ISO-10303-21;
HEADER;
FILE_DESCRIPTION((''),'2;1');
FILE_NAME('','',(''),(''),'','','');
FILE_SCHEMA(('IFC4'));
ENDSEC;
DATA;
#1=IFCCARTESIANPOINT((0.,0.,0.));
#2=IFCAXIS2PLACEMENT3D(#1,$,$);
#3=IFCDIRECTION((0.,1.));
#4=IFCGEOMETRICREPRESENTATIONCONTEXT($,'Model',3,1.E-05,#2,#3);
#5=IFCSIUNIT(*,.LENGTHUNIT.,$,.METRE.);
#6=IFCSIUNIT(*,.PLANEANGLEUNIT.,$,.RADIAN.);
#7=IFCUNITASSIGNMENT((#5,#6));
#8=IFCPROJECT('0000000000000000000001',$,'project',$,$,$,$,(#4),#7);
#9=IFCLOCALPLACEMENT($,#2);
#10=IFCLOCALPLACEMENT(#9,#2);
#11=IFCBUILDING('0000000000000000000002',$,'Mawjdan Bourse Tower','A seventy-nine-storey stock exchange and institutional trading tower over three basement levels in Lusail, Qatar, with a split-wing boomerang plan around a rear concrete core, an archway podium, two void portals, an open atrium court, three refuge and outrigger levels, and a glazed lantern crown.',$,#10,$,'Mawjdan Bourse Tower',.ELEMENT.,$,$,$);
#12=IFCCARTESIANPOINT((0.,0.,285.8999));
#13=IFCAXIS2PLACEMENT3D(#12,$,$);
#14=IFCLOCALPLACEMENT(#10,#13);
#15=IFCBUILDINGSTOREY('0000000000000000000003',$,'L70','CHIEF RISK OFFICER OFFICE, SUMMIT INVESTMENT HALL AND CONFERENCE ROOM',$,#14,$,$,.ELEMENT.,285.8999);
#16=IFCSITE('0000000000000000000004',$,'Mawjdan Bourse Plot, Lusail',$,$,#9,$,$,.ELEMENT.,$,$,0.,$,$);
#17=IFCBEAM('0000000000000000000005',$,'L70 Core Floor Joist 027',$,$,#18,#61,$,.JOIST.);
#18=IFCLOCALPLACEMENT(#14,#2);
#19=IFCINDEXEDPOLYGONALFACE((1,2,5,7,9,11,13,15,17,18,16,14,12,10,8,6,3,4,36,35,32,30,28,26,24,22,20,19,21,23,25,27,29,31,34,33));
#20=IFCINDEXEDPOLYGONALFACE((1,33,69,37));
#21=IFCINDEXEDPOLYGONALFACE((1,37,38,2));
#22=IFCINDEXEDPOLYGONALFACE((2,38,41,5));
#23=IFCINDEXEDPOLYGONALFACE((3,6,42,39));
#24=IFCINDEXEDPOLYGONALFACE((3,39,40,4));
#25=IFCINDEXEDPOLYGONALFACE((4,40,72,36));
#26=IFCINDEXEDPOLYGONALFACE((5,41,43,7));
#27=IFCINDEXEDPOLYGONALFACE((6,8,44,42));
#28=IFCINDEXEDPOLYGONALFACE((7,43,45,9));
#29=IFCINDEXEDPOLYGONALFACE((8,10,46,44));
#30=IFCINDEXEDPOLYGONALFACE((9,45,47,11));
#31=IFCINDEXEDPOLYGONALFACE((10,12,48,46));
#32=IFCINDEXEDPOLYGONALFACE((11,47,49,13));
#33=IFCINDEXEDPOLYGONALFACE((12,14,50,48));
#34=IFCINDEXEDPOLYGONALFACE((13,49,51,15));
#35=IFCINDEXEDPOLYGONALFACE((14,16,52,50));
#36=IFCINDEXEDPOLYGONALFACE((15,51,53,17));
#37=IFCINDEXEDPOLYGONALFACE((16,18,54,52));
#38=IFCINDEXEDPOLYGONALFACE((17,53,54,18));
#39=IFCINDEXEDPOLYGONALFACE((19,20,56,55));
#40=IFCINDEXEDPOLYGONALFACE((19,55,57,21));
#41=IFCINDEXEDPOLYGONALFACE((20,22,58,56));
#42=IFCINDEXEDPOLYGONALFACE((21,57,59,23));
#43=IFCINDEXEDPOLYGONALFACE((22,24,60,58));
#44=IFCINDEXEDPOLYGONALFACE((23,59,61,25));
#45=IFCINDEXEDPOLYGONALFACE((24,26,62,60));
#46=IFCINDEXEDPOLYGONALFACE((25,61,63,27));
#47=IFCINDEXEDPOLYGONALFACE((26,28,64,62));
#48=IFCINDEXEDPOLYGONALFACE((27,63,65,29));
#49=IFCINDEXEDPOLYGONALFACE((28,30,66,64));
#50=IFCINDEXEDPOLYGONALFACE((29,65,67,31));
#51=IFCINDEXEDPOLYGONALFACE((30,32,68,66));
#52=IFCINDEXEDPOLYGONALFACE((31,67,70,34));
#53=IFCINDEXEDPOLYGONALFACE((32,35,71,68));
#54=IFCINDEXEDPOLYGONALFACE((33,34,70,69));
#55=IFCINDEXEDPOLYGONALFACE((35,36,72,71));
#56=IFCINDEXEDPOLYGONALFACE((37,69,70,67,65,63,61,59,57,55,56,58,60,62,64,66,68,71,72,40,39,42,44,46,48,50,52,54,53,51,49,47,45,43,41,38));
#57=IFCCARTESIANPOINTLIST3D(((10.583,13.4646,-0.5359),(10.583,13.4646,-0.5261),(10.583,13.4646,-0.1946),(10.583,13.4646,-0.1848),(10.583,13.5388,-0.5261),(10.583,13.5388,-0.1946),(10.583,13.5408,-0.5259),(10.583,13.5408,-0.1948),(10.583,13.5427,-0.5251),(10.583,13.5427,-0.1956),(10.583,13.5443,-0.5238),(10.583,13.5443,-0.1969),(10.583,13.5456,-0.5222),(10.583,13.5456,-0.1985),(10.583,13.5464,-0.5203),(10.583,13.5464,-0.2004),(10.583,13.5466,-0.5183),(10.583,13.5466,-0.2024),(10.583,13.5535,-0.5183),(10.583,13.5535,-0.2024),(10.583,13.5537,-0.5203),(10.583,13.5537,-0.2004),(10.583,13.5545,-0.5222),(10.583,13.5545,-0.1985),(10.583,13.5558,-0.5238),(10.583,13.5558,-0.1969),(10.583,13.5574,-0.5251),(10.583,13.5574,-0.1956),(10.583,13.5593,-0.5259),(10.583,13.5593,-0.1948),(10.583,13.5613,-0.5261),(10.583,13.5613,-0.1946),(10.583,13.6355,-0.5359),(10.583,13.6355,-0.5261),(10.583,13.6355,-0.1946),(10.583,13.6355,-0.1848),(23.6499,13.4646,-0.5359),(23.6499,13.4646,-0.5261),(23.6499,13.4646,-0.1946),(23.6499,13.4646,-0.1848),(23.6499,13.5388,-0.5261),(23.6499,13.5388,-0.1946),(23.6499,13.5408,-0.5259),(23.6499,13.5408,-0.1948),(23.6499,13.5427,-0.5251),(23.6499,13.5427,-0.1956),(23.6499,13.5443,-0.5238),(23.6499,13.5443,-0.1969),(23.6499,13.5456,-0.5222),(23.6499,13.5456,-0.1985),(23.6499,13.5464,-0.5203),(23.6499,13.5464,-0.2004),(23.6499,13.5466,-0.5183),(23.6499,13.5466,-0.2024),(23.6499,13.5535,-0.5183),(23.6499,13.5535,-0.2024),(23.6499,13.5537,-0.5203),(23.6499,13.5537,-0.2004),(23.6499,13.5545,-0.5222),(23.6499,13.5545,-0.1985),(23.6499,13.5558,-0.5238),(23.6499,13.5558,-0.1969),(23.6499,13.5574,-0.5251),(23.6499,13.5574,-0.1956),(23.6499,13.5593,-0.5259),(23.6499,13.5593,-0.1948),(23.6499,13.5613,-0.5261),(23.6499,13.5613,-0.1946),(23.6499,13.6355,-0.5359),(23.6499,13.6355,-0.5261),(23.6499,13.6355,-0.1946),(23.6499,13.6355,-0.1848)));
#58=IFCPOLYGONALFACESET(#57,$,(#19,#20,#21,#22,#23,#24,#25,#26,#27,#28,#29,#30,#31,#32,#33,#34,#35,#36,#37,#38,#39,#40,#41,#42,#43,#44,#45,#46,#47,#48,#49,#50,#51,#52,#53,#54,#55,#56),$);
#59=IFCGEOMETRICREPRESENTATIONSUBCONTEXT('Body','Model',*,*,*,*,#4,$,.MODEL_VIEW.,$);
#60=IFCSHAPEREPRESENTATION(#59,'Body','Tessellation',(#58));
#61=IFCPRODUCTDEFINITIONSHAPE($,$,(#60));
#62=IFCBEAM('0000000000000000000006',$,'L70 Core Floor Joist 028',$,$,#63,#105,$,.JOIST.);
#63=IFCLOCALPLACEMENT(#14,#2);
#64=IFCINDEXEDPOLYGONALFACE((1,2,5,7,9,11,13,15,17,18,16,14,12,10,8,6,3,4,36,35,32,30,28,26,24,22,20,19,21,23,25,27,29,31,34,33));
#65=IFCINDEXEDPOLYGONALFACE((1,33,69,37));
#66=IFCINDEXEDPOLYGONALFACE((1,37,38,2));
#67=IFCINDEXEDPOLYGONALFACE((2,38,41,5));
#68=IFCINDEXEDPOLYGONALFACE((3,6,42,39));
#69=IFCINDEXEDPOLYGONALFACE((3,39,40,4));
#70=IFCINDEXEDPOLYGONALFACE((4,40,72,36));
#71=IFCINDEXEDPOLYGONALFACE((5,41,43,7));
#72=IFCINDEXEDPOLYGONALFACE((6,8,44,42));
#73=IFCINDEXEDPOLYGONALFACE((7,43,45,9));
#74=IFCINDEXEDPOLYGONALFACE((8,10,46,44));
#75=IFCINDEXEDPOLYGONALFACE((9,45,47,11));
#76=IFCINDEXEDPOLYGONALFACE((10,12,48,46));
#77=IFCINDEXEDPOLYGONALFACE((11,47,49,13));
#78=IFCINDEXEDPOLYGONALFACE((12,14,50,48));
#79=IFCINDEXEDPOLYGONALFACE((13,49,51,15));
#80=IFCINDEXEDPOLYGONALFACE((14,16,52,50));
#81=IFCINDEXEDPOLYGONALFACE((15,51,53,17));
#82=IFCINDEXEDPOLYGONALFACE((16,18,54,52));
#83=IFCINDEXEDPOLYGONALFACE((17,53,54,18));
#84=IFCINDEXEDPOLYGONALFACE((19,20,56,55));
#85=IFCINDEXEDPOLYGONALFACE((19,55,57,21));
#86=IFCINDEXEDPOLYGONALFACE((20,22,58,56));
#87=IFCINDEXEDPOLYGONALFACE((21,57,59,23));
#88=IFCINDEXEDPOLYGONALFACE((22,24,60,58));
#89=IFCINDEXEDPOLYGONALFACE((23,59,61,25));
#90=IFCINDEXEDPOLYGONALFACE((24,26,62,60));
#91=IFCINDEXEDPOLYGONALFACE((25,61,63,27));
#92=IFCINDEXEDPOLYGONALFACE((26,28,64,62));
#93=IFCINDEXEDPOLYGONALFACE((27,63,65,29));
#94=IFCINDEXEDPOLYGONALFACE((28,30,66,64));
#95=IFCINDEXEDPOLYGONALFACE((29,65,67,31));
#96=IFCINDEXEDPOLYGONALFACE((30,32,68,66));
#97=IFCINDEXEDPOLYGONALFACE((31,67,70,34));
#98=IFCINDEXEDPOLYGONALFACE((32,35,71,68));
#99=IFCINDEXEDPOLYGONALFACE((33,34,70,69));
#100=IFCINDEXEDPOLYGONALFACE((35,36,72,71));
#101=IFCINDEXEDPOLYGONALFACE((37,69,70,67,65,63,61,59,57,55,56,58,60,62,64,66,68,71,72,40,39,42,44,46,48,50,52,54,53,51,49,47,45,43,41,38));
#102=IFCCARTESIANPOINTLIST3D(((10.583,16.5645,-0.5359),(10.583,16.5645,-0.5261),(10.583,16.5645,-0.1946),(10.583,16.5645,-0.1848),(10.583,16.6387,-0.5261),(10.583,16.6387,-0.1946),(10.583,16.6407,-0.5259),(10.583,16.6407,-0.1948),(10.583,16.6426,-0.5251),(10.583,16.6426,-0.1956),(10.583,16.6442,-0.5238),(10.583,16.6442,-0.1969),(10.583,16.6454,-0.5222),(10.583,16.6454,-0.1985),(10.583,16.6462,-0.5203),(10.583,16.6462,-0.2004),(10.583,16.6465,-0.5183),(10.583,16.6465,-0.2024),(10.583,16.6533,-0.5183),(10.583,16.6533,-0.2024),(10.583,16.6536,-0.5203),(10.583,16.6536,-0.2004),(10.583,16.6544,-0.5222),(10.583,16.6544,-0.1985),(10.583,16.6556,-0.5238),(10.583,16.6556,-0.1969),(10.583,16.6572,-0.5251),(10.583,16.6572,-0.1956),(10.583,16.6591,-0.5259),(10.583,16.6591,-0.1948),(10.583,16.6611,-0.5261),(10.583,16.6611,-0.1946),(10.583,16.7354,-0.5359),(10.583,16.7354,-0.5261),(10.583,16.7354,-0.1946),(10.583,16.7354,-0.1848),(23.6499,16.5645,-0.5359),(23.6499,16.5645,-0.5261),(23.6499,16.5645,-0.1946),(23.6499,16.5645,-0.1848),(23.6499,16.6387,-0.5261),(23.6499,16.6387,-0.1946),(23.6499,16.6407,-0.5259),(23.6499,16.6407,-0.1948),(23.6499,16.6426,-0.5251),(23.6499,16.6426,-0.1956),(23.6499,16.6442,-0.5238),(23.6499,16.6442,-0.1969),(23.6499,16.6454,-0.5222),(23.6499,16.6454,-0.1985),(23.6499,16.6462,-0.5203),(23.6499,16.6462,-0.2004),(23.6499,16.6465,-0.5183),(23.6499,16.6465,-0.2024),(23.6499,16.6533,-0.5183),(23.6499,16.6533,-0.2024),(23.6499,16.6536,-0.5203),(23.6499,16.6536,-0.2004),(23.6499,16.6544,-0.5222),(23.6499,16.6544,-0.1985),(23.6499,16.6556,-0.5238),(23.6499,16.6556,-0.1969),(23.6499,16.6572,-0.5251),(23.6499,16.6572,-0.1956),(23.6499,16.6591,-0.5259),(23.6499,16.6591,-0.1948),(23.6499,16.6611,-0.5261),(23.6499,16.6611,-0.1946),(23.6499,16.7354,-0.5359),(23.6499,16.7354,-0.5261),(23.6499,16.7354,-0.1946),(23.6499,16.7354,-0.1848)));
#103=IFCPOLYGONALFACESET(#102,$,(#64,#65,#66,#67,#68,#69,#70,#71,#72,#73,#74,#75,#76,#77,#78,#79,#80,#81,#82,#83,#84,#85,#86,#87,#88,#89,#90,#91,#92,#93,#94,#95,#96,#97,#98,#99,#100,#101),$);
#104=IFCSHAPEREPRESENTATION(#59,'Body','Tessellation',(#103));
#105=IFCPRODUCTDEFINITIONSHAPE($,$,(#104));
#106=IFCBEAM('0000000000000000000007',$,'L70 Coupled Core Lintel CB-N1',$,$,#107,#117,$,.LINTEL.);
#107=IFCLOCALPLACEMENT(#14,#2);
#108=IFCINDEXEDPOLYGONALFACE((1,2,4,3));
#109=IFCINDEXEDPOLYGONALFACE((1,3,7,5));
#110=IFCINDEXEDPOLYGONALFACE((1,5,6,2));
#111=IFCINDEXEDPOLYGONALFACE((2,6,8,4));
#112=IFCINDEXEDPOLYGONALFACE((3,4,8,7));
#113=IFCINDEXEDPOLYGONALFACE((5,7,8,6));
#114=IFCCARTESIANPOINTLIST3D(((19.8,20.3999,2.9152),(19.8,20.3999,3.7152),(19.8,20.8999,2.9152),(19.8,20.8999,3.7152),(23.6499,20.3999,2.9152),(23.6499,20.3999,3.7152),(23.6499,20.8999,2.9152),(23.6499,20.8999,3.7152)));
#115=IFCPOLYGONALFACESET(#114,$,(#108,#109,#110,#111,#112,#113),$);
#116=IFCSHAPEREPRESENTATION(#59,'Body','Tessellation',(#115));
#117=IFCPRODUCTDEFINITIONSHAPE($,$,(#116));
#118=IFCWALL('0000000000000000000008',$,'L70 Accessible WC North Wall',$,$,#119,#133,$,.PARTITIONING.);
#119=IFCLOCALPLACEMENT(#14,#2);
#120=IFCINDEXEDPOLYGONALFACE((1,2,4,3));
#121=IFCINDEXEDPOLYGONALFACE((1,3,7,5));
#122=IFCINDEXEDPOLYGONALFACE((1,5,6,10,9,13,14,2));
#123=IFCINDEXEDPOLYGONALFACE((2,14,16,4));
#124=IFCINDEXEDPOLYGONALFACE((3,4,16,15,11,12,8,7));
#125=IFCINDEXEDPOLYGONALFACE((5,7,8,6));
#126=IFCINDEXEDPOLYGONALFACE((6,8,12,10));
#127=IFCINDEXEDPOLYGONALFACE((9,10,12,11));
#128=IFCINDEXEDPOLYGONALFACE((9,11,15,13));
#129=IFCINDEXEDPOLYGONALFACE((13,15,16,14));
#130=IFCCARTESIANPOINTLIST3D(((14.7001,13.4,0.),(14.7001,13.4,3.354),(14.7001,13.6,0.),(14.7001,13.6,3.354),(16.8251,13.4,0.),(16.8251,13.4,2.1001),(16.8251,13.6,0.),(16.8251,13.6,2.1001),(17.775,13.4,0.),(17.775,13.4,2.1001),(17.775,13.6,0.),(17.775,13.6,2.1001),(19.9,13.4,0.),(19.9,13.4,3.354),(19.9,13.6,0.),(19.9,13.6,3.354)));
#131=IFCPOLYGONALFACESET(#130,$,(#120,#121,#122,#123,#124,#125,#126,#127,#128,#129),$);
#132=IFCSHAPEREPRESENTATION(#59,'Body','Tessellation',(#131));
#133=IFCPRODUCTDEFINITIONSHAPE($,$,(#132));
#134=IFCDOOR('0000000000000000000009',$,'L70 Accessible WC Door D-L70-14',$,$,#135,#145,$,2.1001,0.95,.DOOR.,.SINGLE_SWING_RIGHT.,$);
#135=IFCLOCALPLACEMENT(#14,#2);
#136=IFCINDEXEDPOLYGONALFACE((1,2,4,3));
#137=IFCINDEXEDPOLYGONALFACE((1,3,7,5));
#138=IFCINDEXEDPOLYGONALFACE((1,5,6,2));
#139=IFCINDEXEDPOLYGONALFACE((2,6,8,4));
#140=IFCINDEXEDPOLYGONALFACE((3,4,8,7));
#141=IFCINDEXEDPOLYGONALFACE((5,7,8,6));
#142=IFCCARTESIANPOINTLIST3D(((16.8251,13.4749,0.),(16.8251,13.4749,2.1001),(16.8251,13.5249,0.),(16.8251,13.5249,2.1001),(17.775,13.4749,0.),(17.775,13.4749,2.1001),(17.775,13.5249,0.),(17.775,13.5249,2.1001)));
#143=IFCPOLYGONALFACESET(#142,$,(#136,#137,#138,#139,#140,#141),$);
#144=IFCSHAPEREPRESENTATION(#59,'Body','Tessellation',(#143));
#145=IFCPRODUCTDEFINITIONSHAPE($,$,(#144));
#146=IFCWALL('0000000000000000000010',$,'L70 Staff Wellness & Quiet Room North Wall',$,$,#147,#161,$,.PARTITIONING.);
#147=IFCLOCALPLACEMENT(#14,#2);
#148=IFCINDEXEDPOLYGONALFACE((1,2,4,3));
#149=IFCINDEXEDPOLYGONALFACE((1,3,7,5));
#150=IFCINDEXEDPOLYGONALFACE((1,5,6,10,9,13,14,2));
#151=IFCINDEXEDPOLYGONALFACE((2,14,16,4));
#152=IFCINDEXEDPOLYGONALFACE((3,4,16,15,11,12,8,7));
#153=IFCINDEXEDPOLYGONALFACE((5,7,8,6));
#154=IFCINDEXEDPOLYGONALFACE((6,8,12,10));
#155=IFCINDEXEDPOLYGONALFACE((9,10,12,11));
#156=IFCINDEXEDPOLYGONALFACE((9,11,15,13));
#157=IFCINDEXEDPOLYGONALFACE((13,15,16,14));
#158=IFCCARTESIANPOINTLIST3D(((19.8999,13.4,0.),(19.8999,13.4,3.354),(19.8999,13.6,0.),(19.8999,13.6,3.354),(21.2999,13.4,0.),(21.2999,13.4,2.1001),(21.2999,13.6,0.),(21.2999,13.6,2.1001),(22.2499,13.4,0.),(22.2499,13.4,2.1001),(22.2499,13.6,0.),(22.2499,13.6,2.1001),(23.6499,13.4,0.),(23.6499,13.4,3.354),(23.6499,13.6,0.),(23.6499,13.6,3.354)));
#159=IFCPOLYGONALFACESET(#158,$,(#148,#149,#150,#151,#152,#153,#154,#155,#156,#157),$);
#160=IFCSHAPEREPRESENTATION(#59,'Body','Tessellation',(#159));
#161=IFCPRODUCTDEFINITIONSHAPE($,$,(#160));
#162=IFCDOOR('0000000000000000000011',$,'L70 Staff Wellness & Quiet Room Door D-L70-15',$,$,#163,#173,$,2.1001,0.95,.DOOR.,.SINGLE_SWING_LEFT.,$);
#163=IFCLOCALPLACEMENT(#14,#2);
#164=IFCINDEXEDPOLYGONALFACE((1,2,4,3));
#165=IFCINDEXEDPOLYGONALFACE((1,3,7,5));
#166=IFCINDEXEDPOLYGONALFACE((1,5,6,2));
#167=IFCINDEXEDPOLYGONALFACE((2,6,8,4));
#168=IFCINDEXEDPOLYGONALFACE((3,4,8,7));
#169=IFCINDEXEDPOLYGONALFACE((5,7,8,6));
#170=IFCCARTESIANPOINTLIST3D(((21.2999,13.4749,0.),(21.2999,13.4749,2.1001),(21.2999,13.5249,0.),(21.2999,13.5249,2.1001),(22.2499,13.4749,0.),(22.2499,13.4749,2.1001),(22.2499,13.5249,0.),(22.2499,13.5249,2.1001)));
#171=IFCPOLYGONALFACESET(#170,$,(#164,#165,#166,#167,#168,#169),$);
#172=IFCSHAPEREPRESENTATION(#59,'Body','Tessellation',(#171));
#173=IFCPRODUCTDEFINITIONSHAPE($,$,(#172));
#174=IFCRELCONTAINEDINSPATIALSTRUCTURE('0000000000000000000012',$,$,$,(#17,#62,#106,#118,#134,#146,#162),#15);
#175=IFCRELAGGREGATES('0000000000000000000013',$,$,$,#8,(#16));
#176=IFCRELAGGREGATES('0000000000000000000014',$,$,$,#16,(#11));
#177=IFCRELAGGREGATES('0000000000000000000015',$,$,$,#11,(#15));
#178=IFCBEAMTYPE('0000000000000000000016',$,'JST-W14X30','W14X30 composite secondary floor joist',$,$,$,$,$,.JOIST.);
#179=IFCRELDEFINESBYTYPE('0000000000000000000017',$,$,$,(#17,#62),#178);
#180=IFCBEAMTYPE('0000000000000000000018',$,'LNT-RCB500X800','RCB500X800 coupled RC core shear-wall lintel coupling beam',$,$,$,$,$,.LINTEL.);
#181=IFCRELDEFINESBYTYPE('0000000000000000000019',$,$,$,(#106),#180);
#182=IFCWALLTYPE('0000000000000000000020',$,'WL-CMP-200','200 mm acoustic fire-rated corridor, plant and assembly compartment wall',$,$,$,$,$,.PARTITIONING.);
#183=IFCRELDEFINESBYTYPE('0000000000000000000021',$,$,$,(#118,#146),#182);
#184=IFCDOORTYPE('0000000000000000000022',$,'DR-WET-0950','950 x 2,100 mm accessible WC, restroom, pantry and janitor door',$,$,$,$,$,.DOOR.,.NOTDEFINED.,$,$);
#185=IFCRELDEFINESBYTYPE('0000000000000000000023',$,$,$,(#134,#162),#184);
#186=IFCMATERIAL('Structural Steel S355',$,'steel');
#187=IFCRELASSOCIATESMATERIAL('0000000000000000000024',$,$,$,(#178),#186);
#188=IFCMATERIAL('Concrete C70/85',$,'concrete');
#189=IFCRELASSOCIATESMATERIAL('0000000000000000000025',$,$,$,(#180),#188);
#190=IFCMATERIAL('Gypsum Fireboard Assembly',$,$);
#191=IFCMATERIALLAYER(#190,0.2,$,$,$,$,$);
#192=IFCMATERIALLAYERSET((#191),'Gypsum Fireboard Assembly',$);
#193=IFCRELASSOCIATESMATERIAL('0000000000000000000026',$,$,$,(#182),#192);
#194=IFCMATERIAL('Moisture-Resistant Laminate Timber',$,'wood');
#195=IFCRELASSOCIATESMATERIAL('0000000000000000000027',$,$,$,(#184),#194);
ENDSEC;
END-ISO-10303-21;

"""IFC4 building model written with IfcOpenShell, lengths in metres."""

from ifc_helpers import new_model, si_unit, direction, frame, frame_2d, origin, origin_2d, place, context, subcontext, project, spatial, rectangle, i_section, extrude, material, layer, layer_set, material_profile, profile_set, type_object, element, fill, save


model = new_model("IFC4")

# Units and contexts
model_context = context("Model", 3, precision=1e-05, world=origin(), true_north=direction((0.0, 1.0)))
body_context = subcontext(model_context, "Body", "Model", "MODEL_VIEW")
ifc_project = project(units=[si_unit("LENGTHUNIT", "METRE"), si_unit("PLANEANGLEUNIT", "RADIAN")], contexts=[model_context])

# Site, building, storey
site_placement = place(None, origin())
site = spatial("IfcSite", under=ifc_project, at=site_placement, Name="Mawjdan Bourse Plot, Lusail", CompositionType="ELEMENT", RefElevation=0.0)
building_placement = place(site_placement, origin())
building = spatial("IfcBuilding", under=site, at=building_placement, Name="Mawjdan Bourse Tower", Description="A seventy-nine-storey stock exchange and institutional trading tower over three basement levels in Lusail, Qatar, with a split-wing boomerang plan around a rear concrete core, an archway podium, two void portals, an open atrium court, three refuge and outrigger levels, and a glazed lantern crown.", LongName="Mawjdan Bourse Tower", CompositionType="ELEMENT")
storey_placement = place(building_placement, frame((0.0, 0.0, 285.8999)))
storey = spatial("IfcBuildingStorey", under=building, at=storey_placement, Name="L70", Description="CHIEF RISK OFFICER OFFICE, SUMMIT INVESTMENT HALL AND CONFERENCE ROOM", CompositionType="ELEMENT", Elevation=285.8999)

# Beams
ifc_material_1 = material(Name="Structural Steel S355", Category="steel")
ifc_material_profile_1 = material_profile(ifc_material_1, i_section(OverallWidth=0.1709, OverallDepth=0.3511, WebThickness=0.0068, FlangeThickness=0.0098, FilletRadius=0.0078, at=origin_2d()), Name="W14X30")
ifc_profile_set_1 = profile_set([ifc_material_profile_1], Name="Structural Steel S355")
beam_type_1 = type_object("IfcBeamType", Name="JST-W14X30", Description="W14X30 composite secondary floor joist", PredefinedType="JOIST", material=ifc_profile_set_1)
for number, where, z_axis, x_axis, name in (
    (1, (10.583, 13.55, -0.3604), (1.0, 0.0, 0.0), (0.0, 1.0, 0.0), "L70 Core Floor Joist 027"),
    (2, (10.583, 16.6499, -0.3604), (1.0, 0.0, 0.0), (0.0, 1.0, 0.0), "L70 Core Floor Joist 028"),
):
    element("IfcBeam", number, at=place(storey_placement, frame(where, z_axis=z_axis, x_axis=x_axis)), inside=storey, type_object=beam_type_1, Name=name, PredefinedType="JOIST", context=body_context, shape_type="SweptSolid", body=[
        extrude(i_section(OverallWidth=0.1709, OverallDepth=0.3511, WebThickness=0.0068, FlangeThickness=0.0098, FilletRadius=0.0078, at=origin_2d()), origin(), (0.0, 0.0, 1.0), 13.0669),
    ])
ifc_material_2 = material(Name="Concrete C70/85", Category="concrete")
ifc_material_profile_2 = material_profile(ifc_material_2, rectangle(XDim=0.5, YDim=0.8, at=origin_2d()), Name="RCB500X800")
ifc_profile_set_2 = profile_set([ifc_material_profile_2], Name="Concrete C70/85")
beam_type_2 = type_object("IfcBeamType", Name="LNT-RCB500X800", Description="RCB500X800 coupled RC core shear-wall lintel coupling beam", PredefinedType="LINTEL", material=ifc_profile_set_2)
beam_placement = place(storey_placement, frame((19.8, 20.6499, 3.3152), z_axis=(1.0, 0.0, 0.0), x_axis=(0.0, 1.0, 0.0)))
element("IfcBeam", 3, at=beam_placement, inside=storey, type_object=beam_type_2, Name="L70 Coupled Core Lintel CB-N1", PredefinedType="LINTEL", context=body_context, shape_type="SweptSolid", body=[
    extrude(rectangle(XDim=0.5, YDim=0.8, at=origin_2d()), origin(), (0.0, 0.0, 1.0), 3.8499),
])

# Walls, openings, doors
ifc_material_3 = material(Name="Gypsum Fireboard Assembly")
ifc_layer_1 = layer(ifc_material_3, 0.2)
ifc_layer_set_1 = layer_set([ifc_layer_1], Name="Gypsum Fireboard Assembly")
wall_type_1 = type_object("IfcWallType", Name="WL-CMP-200", Description="200 mm acoustic fire-rated corridor, plant and assembly compartment wall", PredefinedType="PARTITIONING", material=ifc_layer_set_1)
wall_1_placement = place(storey_placement, frame((14.7, 13.5, 0.0), z_axis=(0.0, 0.0, 1.0), x_axis=(1.0, 0.0, 0.0)))
wall_1 = element("IfcWall", 4, at=wall_1_placement, inside=storey, type_object=wall_type_1, Name="L70 Accessible WC North Wall", PredefinedType="PARTITIONING", context=body_context, shape_type="SweptSolid", body=[
    extrude(rectangle(XDim=5.2, YDim=0.2, at=frame_2d((2.6001, 0.0))), origin(), (0.0, 0.0, 1.0), 3.354),
])
opening_1_placement = place(wall_1_placement, frame((2.125, 0.0, 0.0)))
opening_1 = element("IfcOpeningElement", 5, at=opening_1_placement, cuts=wall_1, PredefinedType="OPENING", context=body_context, shape_type="SweptSolid", body=[
    extrude(rectangle(XDim=0.95, YDim=2.1001, at=frame_2d((0.4751, 1.05))), frame((0.0, 0.1099, 0.0), z_axis=(0.0, -1.0, 0.0), x_axis=(1.0, 0.0, 0.0)), (0.0, 0.0, 1.0), 0.22),
])
ifc_material_4 = material(Name="Moisture-Resistant Laminate Timber", Category="wood")
door_type_1 = type_object("IfcDoorType", Name="DR-WET-0950", Description="950 x 2,100 mm accessible WC, restroom, pantry and janitor door", OperationType="NOTDEFINED", PredefinedType="DOOR", material=ifc_material_4)
door_1_placement = place(opening_1_placement, origin())
door_1 = element("IfcDoor", 6, at=door_1_placement, inside=storey, type_object=door_type_1, Name="L70 Accessible WC Door D-L70-14", OperationType="SINGLE_SWING_RIGHT", OverallHeight=2.1001, OverallWidth=0.95, PredefinedType="DOOR", context=body_context, shape_type="SweptSolid", body=[
    extrude(rectangle(XDim=0.95, YDim=2.1001, at=frame_2d((0.4751, 1.05))), frame((0.0, 0.0249, 0.0), z_axis=(0.0, -1.0, 0.0), x_axis=(1.0, 0.0, 0.0)), (0.0, 0.0, 1.0), 0.05),
])
fill(opening_1, door_1)
wall_2_placement = place(storey_placement, frame((19.8999, 13.5, 0.0), z_axis=(0.0, 0.0, 1.0), x_axis=(1.0, 0.0, 0.0)))
wall_2 = element("IfcWall", 7, at=wall_2_placement, inside=storey, type_object=wall_type_1, Name="L70 Staff Wellness & Quiet Room North Wall", PredefinedType="PARTITIONING", context=body_context, shape_type="SweptSolid", body=[
    extrude(rectangle(XDim=3.75, YDim=0.2, at=frame_2d((1.875, 0.0))), origin(), (0.0, 0.0, 1.0), 3.354),
])
opening_2_placement = place(wall_2_placement, frame((1.3999, 0.0, 0.0)))
opening_2 = element("IfcOpeningElement", 8, at=opening_2_placement, cuts=wall_2, PredefinedType="OPENING", context=body_context, shape_type="SweptSolid", body=[
    extrude(rectangle(XDim=0.95, YDim=2.1001, at=frame_2d((0.4751, 1.05))), frame((0.0, 0.1099, 0.0), z_axis=(0.0, -1.0, 0.0), x_axis=(1.0, 0.0, 0.0)), (0.0, 0.0, 1.0), 0.22),
])
door_2_placement = place(opening_2_placement, origin())
door_2 = element("IfcDoor", 9, at=door_2_placement, inside=storey, type_object=door_type_1, Name="L70 Staff Wellness & Quiet Room Door D-L70-15", OperationType="SINGLE_SWING_LEFT", OverallHeight=2.1001, OverallWidth=0.95, PredefinedType="DOOR", context=body_context, shape_type="SweptSolid", body=[
    extrude(rectangle(XDim=0.95, YDim=2.1001, at=frame_2d((0.4751, 1.05))), frame((0.0, 0.0249, 0.0), z_axis=(0.0, -1.0, 0.0), x_axis=(1.0, 0.0, 0.0)), (0.0, 0.0, 1.0), 0.05),
])
fill(opening_2, door_2)

save(model, "model.ifc")
